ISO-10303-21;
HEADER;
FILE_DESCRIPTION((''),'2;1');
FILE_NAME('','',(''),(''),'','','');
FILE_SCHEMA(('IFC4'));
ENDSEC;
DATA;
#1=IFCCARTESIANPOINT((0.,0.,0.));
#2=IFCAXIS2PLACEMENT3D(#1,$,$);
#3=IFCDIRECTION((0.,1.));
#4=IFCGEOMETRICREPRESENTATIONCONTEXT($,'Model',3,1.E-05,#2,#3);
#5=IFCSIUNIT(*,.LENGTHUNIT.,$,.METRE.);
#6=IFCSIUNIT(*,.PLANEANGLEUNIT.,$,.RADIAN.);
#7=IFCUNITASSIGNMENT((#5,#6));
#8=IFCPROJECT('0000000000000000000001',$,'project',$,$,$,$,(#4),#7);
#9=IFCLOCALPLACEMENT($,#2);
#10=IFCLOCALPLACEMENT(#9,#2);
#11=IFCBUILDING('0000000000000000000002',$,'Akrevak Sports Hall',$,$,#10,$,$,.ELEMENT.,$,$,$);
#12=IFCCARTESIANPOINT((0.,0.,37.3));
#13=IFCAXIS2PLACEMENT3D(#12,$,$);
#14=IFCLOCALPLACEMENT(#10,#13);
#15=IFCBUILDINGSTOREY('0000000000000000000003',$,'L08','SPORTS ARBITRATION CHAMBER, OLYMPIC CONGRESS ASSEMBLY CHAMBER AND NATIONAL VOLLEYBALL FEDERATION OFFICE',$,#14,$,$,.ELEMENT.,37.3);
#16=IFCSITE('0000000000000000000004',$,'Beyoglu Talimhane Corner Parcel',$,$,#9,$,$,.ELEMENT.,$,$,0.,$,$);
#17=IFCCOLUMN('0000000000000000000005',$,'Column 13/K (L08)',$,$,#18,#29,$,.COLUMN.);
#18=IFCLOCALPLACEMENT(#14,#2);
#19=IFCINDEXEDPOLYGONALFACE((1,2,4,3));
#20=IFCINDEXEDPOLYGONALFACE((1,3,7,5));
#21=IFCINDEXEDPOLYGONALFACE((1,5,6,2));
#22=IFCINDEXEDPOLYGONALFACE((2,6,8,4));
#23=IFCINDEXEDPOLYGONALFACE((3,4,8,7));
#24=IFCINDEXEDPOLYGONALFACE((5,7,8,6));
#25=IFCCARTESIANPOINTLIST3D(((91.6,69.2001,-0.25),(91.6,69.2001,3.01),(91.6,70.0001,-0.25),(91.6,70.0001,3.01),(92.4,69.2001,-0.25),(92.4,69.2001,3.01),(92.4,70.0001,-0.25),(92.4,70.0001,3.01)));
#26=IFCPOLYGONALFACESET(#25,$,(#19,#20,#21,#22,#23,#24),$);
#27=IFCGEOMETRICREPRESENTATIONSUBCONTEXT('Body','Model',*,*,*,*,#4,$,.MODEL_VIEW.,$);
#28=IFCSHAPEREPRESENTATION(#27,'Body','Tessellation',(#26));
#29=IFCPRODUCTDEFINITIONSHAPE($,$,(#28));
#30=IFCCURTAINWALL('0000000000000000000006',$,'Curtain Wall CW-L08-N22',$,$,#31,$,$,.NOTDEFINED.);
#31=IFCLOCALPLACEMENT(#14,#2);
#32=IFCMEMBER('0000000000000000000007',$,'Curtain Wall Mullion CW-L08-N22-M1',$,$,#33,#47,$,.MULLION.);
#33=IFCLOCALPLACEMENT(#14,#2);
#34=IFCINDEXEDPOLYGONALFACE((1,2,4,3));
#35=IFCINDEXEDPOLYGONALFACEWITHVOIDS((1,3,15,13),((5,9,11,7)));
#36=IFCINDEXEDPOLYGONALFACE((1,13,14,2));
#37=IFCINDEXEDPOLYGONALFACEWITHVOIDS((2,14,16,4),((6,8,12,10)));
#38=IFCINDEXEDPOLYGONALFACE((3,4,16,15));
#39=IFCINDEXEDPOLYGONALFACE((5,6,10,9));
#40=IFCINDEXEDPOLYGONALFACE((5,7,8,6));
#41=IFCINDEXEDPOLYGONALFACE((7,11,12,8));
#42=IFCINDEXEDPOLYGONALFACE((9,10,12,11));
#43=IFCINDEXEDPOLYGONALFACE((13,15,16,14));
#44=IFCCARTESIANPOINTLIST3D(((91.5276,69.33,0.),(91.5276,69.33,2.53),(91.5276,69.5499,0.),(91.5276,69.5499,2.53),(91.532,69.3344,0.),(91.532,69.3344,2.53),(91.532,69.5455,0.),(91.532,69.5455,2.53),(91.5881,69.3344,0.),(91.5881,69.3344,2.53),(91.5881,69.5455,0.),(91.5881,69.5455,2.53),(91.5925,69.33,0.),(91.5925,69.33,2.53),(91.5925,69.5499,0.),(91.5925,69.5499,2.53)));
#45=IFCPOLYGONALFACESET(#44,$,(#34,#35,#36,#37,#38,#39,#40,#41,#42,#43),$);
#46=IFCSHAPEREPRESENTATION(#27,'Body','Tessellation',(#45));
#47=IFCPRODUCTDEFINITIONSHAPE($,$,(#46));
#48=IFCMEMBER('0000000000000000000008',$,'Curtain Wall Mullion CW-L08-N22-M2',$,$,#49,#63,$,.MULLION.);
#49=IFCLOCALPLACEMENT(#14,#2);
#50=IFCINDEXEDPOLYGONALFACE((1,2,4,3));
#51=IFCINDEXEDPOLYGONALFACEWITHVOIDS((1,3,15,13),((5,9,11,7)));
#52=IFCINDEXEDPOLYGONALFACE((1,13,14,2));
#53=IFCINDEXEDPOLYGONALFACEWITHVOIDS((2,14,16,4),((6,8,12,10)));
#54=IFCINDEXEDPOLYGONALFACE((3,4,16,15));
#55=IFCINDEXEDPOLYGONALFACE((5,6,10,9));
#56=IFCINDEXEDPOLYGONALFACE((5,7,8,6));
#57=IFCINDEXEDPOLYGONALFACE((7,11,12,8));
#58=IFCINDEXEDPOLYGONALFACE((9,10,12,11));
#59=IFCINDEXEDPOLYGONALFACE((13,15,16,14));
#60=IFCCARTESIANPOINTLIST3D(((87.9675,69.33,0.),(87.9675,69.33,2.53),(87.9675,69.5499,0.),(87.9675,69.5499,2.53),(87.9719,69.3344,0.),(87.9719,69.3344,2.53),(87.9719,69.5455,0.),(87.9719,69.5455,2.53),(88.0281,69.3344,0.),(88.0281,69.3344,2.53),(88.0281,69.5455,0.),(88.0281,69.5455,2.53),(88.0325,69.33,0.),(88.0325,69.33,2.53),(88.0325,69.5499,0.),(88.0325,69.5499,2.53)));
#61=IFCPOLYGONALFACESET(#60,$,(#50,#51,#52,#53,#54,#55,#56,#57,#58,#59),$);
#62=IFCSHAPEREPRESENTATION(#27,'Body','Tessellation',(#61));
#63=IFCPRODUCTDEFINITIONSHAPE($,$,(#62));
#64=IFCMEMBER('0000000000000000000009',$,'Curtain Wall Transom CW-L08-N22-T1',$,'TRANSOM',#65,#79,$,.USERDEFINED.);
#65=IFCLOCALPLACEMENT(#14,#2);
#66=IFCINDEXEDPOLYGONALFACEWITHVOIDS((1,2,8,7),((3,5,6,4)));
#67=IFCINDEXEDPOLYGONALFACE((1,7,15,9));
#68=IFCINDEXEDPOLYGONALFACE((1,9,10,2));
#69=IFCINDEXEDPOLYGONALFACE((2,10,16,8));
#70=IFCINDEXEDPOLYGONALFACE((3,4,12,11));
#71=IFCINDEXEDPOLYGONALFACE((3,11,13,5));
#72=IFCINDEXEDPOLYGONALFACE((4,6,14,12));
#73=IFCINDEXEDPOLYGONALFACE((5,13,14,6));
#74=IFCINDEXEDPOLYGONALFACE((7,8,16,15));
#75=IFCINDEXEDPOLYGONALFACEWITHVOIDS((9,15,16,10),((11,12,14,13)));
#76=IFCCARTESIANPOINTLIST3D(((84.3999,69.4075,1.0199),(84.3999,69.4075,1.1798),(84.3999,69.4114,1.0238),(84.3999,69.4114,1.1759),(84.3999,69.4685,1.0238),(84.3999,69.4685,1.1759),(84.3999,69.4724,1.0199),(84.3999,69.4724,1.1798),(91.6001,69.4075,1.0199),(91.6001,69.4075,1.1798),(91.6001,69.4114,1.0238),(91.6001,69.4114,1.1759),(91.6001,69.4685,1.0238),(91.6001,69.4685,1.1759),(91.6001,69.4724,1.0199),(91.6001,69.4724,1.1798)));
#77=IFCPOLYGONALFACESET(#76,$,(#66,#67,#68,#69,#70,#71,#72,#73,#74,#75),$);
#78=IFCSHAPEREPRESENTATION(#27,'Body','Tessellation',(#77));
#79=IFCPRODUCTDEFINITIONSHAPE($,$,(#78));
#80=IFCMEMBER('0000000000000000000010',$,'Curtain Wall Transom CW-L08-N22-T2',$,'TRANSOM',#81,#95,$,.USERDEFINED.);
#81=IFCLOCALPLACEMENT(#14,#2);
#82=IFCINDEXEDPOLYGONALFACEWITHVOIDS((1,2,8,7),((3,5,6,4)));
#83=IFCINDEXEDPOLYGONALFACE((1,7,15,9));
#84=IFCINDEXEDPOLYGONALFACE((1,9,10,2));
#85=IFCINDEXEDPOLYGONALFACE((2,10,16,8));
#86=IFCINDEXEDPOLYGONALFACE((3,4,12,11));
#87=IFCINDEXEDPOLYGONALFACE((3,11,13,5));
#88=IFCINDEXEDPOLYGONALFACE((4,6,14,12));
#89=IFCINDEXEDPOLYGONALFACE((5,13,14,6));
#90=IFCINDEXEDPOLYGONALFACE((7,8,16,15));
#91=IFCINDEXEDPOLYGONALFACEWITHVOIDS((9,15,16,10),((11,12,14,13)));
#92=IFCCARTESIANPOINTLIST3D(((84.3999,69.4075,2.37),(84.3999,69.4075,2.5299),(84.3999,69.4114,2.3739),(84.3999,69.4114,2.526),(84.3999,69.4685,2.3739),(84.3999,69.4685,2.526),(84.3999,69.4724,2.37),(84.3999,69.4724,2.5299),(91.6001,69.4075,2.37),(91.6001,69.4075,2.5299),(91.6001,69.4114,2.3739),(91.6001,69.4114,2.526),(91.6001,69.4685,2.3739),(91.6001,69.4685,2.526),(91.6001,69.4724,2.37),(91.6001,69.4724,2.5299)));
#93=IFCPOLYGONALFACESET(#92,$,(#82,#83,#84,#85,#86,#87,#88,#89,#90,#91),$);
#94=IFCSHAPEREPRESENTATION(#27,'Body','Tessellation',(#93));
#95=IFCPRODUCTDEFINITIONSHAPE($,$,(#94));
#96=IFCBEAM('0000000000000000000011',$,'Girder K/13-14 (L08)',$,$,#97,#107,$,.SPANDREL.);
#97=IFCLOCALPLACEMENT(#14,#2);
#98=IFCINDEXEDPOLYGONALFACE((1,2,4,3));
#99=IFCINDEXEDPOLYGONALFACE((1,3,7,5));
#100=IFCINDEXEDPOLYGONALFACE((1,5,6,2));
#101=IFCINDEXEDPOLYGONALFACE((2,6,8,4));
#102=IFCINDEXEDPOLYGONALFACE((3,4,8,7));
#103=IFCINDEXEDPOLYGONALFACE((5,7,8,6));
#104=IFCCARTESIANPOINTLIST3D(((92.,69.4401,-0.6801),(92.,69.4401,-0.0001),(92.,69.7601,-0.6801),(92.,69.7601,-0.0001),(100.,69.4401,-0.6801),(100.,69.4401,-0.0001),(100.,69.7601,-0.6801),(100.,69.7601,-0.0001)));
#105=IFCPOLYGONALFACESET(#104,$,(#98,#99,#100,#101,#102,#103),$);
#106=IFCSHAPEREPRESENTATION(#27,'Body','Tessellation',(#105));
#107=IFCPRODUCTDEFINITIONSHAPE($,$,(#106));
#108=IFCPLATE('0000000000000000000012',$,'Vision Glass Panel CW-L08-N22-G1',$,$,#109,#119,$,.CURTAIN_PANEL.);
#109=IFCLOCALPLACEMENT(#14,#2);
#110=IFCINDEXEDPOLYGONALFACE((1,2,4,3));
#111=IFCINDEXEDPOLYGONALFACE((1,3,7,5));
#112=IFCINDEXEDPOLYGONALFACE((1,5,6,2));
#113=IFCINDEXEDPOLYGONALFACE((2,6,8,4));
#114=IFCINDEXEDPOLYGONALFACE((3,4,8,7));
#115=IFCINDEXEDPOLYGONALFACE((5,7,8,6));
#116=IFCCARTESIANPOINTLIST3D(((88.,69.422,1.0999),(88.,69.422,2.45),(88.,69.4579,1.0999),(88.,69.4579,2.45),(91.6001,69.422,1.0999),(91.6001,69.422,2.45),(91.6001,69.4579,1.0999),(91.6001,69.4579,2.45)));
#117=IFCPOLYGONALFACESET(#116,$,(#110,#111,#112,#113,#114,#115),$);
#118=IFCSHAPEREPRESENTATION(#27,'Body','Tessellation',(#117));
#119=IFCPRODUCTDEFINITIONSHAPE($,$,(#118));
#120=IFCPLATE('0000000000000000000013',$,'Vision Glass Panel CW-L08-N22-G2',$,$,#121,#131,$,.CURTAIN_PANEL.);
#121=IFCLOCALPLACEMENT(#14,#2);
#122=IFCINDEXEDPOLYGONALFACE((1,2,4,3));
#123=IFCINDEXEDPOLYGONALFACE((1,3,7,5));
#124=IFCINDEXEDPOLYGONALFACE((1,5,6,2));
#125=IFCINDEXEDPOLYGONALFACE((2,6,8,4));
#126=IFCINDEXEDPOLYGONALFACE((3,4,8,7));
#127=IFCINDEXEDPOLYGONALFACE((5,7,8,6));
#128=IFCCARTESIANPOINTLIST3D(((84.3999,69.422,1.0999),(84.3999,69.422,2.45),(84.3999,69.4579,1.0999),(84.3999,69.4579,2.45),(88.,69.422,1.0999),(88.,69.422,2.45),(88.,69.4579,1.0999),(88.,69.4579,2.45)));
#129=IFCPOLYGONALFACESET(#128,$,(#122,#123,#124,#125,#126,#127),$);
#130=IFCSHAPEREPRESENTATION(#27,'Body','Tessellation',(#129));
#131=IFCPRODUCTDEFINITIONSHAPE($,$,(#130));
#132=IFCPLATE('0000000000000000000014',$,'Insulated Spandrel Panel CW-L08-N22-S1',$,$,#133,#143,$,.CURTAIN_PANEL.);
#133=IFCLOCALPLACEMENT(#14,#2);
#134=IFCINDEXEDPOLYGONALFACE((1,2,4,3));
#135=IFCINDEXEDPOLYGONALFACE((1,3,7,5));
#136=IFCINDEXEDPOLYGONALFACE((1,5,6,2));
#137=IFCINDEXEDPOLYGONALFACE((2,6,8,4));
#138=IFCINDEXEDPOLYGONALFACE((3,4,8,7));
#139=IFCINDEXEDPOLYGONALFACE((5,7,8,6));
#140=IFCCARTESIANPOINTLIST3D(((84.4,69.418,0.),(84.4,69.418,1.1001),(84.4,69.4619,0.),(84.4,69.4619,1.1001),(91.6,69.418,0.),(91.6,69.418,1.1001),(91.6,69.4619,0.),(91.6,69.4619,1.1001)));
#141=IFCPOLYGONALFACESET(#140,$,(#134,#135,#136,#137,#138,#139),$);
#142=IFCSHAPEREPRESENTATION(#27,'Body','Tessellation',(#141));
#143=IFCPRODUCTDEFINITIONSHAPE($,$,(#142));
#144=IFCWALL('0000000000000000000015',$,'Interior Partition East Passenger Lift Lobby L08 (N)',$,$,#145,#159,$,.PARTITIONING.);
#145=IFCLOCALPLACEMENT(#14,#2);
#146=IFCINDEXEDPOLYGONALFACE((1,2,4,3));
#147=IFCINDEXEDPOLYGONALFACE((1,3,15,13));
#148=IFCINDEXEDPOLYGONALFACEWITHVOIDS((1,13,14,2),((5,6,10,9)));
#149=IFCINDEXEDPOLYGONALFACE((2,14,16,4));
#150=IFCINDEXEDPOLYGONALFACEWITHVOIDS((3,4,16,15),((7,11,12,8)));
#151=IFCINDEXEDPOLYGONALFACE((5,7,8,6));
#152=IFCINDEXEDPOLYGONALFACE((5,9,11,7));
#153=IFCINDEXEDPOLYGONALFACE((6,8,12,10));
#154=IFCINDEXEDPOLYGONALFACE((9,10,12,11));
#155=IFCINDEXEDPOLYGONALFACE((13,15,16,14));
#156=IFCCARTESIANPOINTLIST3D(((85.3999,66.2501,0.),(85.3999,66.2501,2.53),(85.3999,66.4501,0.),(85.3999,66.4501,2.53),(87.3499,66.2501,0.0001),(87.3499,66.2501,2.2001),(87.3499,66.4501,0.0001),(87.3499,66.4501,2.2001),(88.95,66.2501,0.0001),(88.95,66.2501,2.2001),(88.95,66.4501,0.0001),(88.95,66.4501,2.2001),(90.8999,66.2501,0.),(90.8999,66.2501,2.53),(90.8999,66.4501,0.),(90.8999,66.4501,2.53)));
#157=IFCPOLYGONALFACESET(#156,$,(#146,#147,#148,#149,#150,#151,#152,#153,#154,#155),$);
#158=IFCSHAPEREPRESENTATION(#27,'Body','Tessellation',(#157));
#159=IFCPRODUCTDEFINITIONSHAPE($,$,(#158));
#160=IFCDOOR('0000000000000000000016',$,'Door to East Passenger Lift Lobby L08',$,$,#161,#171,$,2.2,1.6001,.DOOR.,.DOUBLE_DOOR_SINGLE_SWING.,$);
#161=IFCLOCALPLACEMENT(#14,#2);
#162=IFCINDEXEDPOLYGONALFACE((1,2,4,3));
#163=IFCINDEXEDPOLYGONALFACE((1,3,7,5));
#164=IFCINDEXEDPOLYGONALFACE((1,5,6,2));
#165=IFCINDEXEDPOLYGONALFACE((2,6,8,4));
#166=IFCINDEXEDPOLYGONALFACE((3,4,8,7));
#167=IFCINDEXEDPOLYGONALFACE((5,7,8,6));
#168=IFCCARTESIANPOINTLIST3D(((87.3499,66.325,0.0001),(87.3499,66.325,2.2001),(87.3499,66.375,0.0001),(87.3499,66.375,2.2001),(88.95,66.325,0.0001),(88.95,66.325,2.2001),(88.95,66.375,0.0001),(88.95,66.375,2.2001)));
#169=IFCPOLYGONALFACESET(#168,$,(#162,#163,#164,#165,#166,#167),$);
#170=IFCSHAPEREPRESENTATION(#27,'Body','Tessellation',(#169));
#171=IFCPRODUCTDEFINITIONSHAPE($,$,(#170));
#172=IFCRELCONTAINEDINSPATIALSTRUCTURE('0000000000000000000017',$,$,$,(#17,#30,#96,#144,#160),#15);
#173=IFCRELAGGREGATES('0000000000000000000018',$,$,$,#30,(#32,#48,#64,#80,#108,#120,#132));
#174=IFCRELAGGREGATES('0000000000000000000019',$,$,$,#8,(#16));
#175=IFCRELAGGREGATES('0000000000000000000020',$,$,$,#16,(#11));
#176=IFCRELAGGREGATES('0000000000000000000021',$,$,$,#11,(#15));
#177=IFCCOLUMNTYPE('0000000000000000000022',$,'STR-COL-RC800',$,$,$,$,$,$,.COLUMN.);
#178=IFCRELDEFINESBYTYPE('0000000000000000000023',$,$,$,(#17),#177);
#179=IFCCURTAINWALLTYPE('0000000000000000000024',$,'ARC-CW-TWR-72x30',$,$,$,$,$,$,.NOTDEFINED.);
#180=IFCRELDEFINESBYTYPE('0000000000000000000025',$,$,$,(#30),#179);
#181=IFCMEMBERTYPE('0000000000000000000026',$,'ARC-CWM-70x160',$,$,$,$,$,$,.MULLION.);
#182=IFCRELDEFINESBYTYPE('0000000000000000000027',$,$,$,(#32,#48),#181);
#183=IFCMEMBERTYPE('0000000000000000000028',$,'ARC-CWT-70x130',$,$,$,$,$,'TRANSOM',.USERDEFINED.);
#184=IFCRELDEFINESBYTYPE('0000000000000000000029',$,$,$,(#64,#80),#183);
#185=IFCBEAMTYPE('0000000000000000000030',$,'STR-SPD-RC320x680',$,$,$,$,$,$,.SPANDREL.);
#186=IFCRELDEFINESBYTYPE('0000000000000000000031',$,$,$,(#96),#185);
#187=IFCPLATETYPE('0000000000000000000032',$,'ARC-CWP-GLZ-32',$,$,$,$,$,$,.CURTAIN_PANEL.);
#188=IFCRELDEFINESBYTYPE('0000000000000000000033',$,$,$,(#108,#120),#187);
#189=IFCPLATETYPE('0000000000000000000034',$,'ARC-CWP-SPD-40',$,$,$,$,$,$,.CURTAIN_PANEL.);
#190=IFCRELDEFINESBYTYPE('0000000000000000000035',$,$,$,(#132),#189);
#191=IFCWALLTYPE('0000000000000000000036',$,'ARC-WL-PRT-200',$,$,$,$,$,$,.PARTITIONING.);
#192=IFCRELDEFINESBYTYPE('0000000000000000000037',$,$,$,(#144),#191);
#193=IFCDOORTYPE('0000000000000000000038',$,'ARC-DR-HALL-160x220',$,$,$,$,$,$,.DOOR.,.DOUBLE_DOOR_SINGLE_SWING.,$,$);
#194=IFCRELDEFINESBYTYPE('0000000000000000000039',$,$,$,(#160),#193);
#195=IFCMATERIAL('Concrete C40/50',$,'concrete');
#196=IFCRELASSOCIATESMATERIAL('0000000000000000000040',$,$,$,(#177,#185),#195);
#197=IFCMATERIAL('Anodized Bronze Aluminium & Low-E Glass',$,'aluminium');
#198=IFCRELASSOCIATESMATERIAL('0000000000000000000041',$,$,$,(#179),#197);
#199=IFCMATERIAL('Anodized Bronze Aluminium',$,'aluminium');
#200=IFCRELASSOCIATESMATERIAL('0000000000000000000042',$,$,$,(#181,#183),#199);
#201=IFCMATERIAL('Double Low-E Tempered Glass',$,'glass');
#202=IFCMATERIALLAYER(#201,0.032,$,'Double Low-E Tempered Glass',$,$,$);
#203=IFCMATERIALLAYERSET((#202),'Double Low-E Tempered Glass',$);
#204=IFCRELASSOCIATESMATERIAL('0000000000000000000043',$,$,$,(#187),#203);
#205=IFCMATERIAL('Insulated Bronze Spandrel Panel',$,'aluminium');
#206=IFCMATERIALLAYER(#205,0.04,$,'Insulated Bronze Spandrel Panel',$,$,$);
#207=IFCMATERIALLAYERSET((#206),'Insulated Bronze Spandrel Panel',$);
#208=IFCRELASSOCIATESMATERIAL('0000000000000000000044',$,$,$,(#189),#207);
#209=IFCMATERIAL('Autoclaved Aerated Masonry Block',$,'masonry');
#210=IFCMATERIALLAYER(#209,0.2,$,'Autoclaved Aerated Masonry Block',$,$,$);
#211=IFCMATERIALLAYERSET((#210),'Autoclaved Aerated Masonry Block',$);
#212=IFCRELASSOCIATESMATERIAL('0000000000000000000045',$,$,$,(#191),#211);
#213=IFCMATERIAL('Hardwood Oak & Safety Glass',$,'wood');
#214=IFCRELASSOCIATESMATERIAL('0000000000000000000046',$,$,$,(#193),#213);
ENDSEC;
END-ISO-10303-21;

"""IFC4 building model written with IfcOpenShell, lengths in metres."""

from ifc_helpers import new_model, si_unit, direction, frame, frame_2d, origin, origin_2d, place, context, subcontext, project, spatial, rectangle, hollow_rectangle, extrude, material, layer, layer_set, material_profile, profile_set, type_object, element, fill, aggregate, save


model = new_model("IFC4")

# Units and contexts
model_context = context("Model", 3, precision=1e-05, world=origin(), true_north=direction((0.0, 1.0)))
body_context = subcontext(model_context, "Body", "Model", "MODEL_VIEW")
ifc_project = project(units=[si_unit("LENGTHUNIT", "METRE"), si_unit("PLANEANGLEUNIT", "RADIAN")], contexts=[model_context])

# Site, building, storey
site_placement = place(None, origin())
site = spatial("IfcSite", under=ifc_project, at=site_placement, Name="Beyoglu Talimhane Corner Parcel", CompositionType="ELEMENT", RefElevation=0.0)
building_placement = place(site_placement, origin())
building = spatial("IfcBuilding", under=site, at=building_placement, Name="Akrevak Sports Hall", CompositionType="ELEMENT")
storey_placement = place(building_placement, frame((0.0, 0.0, 37.3)))
storey = spatial("IfcBuildingStorey", under=building, at=storey_placement, Name="L08", Description="SPORTS ARBITRATION CHAMBER, OLYMPIC CONGRESS ASSEMBLY CHAMBER AND NATIONAL VOLLEYBALL FEDERATION OFFICE", CompositionType="ELEMENT", Elevation=37.3)

# Column
ifc_material_1 = material(Name="Concrete C40/50", Category="concrete")
ifc_material_profile_1 = material_profile(ifc_material_1, rectangle(XDim=0.8, YDim=0.8, at=origin_2d()), Name="RC 800x800", Category="concrete")
ifc_profile_set_1 = profile_set([ifc_material_profile_1], Name="Concrete C40/50")
column_type = type_object("IfcColumnType", Name="STR-COL-RC800", PredefinedType="COLUMN", material=ifc_profile_set_1)
column_placement = place(storey_placement, frame((92.0, 69.6001, -0.25), z_axis=(0.0, 0.0, 1.0), x_axis=(1.0, 0.0, 0.0)))
element("IfcColumn", 1, at=column_placement, inside=storey, type_object=column_type, Name="Column 13/K (L08)", PredefinedType="COLUMN", context=body_context, shape_type="SweptSolid", body=[
    extrude(rectangle(XDim=0.8, YDim=0.8, at=origin_2d()), origin(), (0.0, 0.0, 1.0), 3.26),
])

# Curtain wall, members
ifc_material_2 = material(Name="Anodized Bronze Aluminium & Low-E Glass", Category="aluminium")
curtain_wall_type = type_object("IfcCurtainWallType", Name="ARC-CW-TWR-72x30", PredefinedType="NOTDEFINED", material=ifc_material_2)
curtain_wall_placement = place(storey_placement, origin())
curtain_wall = element("IfcCurtainWall", 2, at=curtain_wall_placement, inside=storey, type_object=curtain_wall_type, Name="Curtain Wall CW-L08-N22", PredefinedType="NOTDEFINED")
ifc_material_3 = material(Name="Anodized Bronze Aluminium", Category="aluminium")
ifc_material_profile_2 = material_profile(ifc_material_3, hollow_rectangle(XDim=0.0649, YDim=0.22, WallThickness=0.0044, at=origin_2d()), Name="CWM 65x220", Category="aluminium")
ifc_profile_set_2 = profile_set([ifc_material_profile_2], Name="Anodized Bronze Aluminium")
member_type_1 = type_object("IfcMemberType", Name="ARC-CWM-70x160", PredefinedType="MULLION", material=ifc_profile_set_2)
member_1_placement = place(storey_placement, frame((91.5601, 69.4399, 0.0), z_axis=(0.0, 0.0, 1.0), x_axis=(-1.0, 0.0, 0.0)))
member_1 = element("IfcMember", 3, at=member_1_placement, type_object=member_type_1, Name="Curtain Wall Mullion CW-L08-N22-M1", PredefinedType="MULLION", context=body_context, shape_type="SweptSolid", body=[
    extrude(hollow_rectangle(XDim=0.0649, YDim=0.22, WallThickness=0.0044, at=origin_2d()), origin(), (0.0, 0.0, 1.0), 2.53),
])
member_2_placement = place(storey_placement, frame((88.0, 69.4399, 0.0), z_axis=(0.0, 0.0, 1.0), x_axis=(-1.0, 0.0, 0.0)))
member_2 = element("IfcMember", 4, at=member_2_placement, type_object=member_type_1, Name="Curtain Wall Mullion CW-L08-N22-M2", PredefinedType="MULLION", context=body_context, shape_type="SweptSolid", body=[
    extrude(hollow_rectangle(XDim=0.0649, YDim=0.22, WallThickness=0.0044, at=origin_2d()), origin(), (0.0, 0.0, 1.0), 2.53),
])
ifc_material_profile_3 = material_profile(ifc_material_3, hollow_rectangle(XDim=0.0649, YDim=0.1599, WallThickness=0.0039, at=origin_2d()), Name="CWT 65x160", Category="aluminium")
ifc_profile_set_3 = profile_set([ifc_material_profile_3], Name="Anodized Bronze Aluminium")
member_type_2 = type_object("IfcMemberType", Name="ARC-CWT-70x130", ElementType="TRANSOM", PredefinedType="USERDEFINED", material=ifc_profile_set_3)
member_3_placement = place(storey_placement, frame((91.6001, 69.4399, 1.0999), z_axis=(-1.0, 0.0, 0.0), x_axis=(0.0, -1.0, 0.0)))
member_3 = element("IfcMember", 5, at=member_3_placement, type_object=member_type_2, Name="Curtain Wall Transom CW-L08-N22-T1", ObjectType="TRANSOM", PredefinedType="USERDEFINED", context=body_context, shape_type="SweptSolid", body=[
    extrude(hollow_rectangle(XDim=0.0649, YDim=0.1599, WallThickness=0.0039, at=origin_2d()), origin(), (0.0, 0.0, 1.0), 7.2002),
])
member_4_placement = place(storey_placement, frame((91.6001, 69.4399, 2.45), z_axis=(-1.0, 0.0, 0.0), x_axis=(0.0, -1.0, 0.0)))
member_4 = element("IfcMember", 6, at=member_4_placement, type_object=member_type_2, Name="Curtain Wall Transom CW-L08-N22-T2", ObjectType="TRANSOM", PredefinedType="USERDEFINED", context=body_context, shape_type="SweptSolid", body=[
    extrude(hollow_rectangle(XDim=0.0649, YDim=0.1599, WallThickness=0.0039, at=origin_2d()), origin(), (0.0, 0.0, 1.0), 7.2002),
])

# Beam
ifc_material_profile_4 = material_profile(ifc_material_1, rectangle(XDim=0.3201, YDim=0.6799, at=origin_2d()), Name="SPD 320x680", Category="concrete")
ifc_profile_set_4 = profile_set([ifc_material_profile_4], Name="Concrete C40/50")
beam_type = type_object("IfcBeamType", Name="STR-SPD-RC320x680", PredefinedType="SPANDREL", material=ifc_profile_set_4)
beam_placement = place(storey_placement, frame((92.0, 69.6001, -0.3401), z_axis=(1.0, 0.0, 0.0), x_axis=(0.0, 1.0, 0.0)))
element("IfcBeam", 7, at=beam_placement, inside=storey, type_object=beam_type, Name="Girder K/13-14 (L08)", PredefinedType="SPANDREL", context=body_context, shape_type="SweptSolid", body=[
    extrude(rectangle(XDim=0.3201, YDim=0.6799, at=origin_2d()), origin(), (0.0, 0.0, 1.0), 8.0),
])

# Plates
ifc_material_4 = material(Name="Double Low-E Tempered Glass", Category="glass")
ifc_layer_1 = layer(ifc_material_4, 0.032, Name="Double Low-E Tempered Glass")
ifc_layer_set_1 = layer_set([ifc_layer_1], Name="Double Low-E Tempered Glass")
plate_type_1 = type_object("IfcPlateType", Name="ARC-CWP-GLZ-32", PredefinedType="CURTAIN_PANEL", material=ifc_layer_set_1)
plate_1_placement = place(storey_placement, frame((89.8, 69.4399, 1.0999), z_axis=(0.0, 0.0, 1.0), x_axis=(-1.0, 0.0, 0.0)))
plate_1 = element("IfcPlate", 8, at=plate_1_placement, type_object=plate_type_1, Name="Vision Glass Panel CW-L08-N22-G1", PredefinedType="CURTAIN_PANEL", context=body_context, shape_type="SweptSolid", body=[
    extrude(rectangle(XDim=3.6001, YDim=0.0359, at=origin_2d()), origin(), (0.0, 0.0, 1.0), 1.3501),
])
plate_2_placement = place(storey_placement, frame((86.2, 69.4399, 1.0999), z_axis=(0.0, 0.0, 1.0), x_axis=(-1.0, 0.0, 0.0)))
plate_2 = element("IfcPlate", 9, at=plate_2_placement, type_object=plate_type_1, Name="Vision Glass Panel CW-L08-N22-G2", PredefinedType="CURTAIN_PANEL", context=body_context, shape_type="SweptSolid", body=[
    extrude(rectangle(XDim=3.6001, YDim=0.0359, at=origin_2d()), origin(), (0.0, 0.0, 1.0), 1.3501),
])
ifc_material_5 = material(Name="Insulated Bronze Spandrel Panel", Category="aluminium")
ifc_layer_2 = layer(ifc_material_5, 0.04, Name="Insulated Bronze Spandrel Panel")
ifc_layer_set_2 = layer_set([ifc_layer_2], Name="Insulated Bronze Spandrel Panel")
plate_type_2 = type_object("IfcPlateType", Name="ARC-CWP-SPD-40", PredefinedType="CURTAIN_PANEL", material=ifc_layer_set_2)
plate_3_placement = place(storey_placement, frame((88.0, 69.4399, 0.0), z_axis=(0.0, 0.0, 1.0), x_axis=(-1.0, 0.0, 0.0)))
plate_3 = element("IfcPlate", 10, at=plate_3_placement, type_object=plate_type_2, Name="Insulated Spandrel Panel CW-L08-N22-S1", PredefinedType="CURTAIN_PANEL", context=body_context, shape_type="SweptSolid", body=[
    extrude(rectangle(XDim=7.2, YDim=0.0439, at=origin_2d()), origin(), (0.0, 0.0, 1.0), 1.1001),
])
aggregate(curtain_wall, [member_1, member_2, member_3, member_4, plate_1, plate_2, plate_3])

# Wall, opening, door
ifc_material_6 = material(Name="Autoclaved Aerated Masonry Block", Category="masonry")
ifc_layer_3 = layer(ifc_material_6, 0.2, Name="Autoclaved Aerated Masonry Block")
ifc_layer_set_3 = layer_set([ifc_layer_3], Name="Autoclaved Aerated Masonry Block")
wall_type_1 = type_object("IfcWallType", Name="ARC-WL-PRT-200", PredefinedType="PARTITIONING", material=ifc_layer_set_3)
wall_1_placement = place(storey_placement, frame((85.3999, 66.3501, 0.0), z_axis=(0.0, 0.0, 1.0), x_axis=(1.0, 0.0, 0.0)))
wall_1 = element("IfcWall", 11, at=wall_1_placement, inside=storey, type_object=wall_type_1, Name="Interior Partition East Passenger Lift Lobby L08 (N)", PredefinedType="PARTITIONING", context=body_context, shape_type="SweptSolid", body=[
    extrude(rectangle(XDim=5.5, YDim=0.2, at=frame_2d((2.75, 0.0))), origin(), (0.0, 0.0, 1.0), 2.53),
])
opening_1_placement = place(wall_1_placement, frame((1.95, 0.0, 0.0)))
opening_1 = element("IfcOpeningElement", 12, at=opening_1_placement, cuts=wall_1, PredefinedType="OPENING", context=body_context, shape_type="SweptSolid", body=[
    extrude(rectangle(XDim=1.6001, YDim=2.2, at=frame_2d((0.8, 1.1001))), frame((0.0, 0.1118, 0.0), z_axis=(0.0, -1.0, 0.0), x_axis=(1.0, 0.0, 0.0)), (0.0, 0.0, 1.0), 0.2239),
])
ifc_material_7 = material(Name="Hardwood Oak & Safety Glass", Category="wood")
door_type_1 = type_object("IfcDoorType", Name="ARC-DR-HALL-160x220", OperationType="DOUBLE_DOOR_SINGLE_SWING", PredefinedType="DOOR", material=ifc_material_7)
door_1_placement = place(opening_1_placement, origin())
door_1 = element("IfcDoor", 13, at=door_1_placement, inside=storey, type_object=door_type_1, Name="Door to East Passenger Lift Lobby L08", OperationType="DOUBLE_DOOR_SINGLE_SWING", OverallHeight=2.2, OverallWidth=1.6001, PredefinedType="DOOR", context=body_context, shape_type="SweptSolid", body=[
    extrude(rectangle(XDim=1.6001, YDim=2.2, at=frame_2d((0.8, 1.1001))), frame((0.0, 0.0249, 0.0), z_axis=(0.0, -1.0, 0.0), x_axis=(1.0, 0.0, 0.0)), (0.0, 0.0, 1.0), 0.05),
])
fill(opening_1, door_1)

save(model, "model.ifc")
